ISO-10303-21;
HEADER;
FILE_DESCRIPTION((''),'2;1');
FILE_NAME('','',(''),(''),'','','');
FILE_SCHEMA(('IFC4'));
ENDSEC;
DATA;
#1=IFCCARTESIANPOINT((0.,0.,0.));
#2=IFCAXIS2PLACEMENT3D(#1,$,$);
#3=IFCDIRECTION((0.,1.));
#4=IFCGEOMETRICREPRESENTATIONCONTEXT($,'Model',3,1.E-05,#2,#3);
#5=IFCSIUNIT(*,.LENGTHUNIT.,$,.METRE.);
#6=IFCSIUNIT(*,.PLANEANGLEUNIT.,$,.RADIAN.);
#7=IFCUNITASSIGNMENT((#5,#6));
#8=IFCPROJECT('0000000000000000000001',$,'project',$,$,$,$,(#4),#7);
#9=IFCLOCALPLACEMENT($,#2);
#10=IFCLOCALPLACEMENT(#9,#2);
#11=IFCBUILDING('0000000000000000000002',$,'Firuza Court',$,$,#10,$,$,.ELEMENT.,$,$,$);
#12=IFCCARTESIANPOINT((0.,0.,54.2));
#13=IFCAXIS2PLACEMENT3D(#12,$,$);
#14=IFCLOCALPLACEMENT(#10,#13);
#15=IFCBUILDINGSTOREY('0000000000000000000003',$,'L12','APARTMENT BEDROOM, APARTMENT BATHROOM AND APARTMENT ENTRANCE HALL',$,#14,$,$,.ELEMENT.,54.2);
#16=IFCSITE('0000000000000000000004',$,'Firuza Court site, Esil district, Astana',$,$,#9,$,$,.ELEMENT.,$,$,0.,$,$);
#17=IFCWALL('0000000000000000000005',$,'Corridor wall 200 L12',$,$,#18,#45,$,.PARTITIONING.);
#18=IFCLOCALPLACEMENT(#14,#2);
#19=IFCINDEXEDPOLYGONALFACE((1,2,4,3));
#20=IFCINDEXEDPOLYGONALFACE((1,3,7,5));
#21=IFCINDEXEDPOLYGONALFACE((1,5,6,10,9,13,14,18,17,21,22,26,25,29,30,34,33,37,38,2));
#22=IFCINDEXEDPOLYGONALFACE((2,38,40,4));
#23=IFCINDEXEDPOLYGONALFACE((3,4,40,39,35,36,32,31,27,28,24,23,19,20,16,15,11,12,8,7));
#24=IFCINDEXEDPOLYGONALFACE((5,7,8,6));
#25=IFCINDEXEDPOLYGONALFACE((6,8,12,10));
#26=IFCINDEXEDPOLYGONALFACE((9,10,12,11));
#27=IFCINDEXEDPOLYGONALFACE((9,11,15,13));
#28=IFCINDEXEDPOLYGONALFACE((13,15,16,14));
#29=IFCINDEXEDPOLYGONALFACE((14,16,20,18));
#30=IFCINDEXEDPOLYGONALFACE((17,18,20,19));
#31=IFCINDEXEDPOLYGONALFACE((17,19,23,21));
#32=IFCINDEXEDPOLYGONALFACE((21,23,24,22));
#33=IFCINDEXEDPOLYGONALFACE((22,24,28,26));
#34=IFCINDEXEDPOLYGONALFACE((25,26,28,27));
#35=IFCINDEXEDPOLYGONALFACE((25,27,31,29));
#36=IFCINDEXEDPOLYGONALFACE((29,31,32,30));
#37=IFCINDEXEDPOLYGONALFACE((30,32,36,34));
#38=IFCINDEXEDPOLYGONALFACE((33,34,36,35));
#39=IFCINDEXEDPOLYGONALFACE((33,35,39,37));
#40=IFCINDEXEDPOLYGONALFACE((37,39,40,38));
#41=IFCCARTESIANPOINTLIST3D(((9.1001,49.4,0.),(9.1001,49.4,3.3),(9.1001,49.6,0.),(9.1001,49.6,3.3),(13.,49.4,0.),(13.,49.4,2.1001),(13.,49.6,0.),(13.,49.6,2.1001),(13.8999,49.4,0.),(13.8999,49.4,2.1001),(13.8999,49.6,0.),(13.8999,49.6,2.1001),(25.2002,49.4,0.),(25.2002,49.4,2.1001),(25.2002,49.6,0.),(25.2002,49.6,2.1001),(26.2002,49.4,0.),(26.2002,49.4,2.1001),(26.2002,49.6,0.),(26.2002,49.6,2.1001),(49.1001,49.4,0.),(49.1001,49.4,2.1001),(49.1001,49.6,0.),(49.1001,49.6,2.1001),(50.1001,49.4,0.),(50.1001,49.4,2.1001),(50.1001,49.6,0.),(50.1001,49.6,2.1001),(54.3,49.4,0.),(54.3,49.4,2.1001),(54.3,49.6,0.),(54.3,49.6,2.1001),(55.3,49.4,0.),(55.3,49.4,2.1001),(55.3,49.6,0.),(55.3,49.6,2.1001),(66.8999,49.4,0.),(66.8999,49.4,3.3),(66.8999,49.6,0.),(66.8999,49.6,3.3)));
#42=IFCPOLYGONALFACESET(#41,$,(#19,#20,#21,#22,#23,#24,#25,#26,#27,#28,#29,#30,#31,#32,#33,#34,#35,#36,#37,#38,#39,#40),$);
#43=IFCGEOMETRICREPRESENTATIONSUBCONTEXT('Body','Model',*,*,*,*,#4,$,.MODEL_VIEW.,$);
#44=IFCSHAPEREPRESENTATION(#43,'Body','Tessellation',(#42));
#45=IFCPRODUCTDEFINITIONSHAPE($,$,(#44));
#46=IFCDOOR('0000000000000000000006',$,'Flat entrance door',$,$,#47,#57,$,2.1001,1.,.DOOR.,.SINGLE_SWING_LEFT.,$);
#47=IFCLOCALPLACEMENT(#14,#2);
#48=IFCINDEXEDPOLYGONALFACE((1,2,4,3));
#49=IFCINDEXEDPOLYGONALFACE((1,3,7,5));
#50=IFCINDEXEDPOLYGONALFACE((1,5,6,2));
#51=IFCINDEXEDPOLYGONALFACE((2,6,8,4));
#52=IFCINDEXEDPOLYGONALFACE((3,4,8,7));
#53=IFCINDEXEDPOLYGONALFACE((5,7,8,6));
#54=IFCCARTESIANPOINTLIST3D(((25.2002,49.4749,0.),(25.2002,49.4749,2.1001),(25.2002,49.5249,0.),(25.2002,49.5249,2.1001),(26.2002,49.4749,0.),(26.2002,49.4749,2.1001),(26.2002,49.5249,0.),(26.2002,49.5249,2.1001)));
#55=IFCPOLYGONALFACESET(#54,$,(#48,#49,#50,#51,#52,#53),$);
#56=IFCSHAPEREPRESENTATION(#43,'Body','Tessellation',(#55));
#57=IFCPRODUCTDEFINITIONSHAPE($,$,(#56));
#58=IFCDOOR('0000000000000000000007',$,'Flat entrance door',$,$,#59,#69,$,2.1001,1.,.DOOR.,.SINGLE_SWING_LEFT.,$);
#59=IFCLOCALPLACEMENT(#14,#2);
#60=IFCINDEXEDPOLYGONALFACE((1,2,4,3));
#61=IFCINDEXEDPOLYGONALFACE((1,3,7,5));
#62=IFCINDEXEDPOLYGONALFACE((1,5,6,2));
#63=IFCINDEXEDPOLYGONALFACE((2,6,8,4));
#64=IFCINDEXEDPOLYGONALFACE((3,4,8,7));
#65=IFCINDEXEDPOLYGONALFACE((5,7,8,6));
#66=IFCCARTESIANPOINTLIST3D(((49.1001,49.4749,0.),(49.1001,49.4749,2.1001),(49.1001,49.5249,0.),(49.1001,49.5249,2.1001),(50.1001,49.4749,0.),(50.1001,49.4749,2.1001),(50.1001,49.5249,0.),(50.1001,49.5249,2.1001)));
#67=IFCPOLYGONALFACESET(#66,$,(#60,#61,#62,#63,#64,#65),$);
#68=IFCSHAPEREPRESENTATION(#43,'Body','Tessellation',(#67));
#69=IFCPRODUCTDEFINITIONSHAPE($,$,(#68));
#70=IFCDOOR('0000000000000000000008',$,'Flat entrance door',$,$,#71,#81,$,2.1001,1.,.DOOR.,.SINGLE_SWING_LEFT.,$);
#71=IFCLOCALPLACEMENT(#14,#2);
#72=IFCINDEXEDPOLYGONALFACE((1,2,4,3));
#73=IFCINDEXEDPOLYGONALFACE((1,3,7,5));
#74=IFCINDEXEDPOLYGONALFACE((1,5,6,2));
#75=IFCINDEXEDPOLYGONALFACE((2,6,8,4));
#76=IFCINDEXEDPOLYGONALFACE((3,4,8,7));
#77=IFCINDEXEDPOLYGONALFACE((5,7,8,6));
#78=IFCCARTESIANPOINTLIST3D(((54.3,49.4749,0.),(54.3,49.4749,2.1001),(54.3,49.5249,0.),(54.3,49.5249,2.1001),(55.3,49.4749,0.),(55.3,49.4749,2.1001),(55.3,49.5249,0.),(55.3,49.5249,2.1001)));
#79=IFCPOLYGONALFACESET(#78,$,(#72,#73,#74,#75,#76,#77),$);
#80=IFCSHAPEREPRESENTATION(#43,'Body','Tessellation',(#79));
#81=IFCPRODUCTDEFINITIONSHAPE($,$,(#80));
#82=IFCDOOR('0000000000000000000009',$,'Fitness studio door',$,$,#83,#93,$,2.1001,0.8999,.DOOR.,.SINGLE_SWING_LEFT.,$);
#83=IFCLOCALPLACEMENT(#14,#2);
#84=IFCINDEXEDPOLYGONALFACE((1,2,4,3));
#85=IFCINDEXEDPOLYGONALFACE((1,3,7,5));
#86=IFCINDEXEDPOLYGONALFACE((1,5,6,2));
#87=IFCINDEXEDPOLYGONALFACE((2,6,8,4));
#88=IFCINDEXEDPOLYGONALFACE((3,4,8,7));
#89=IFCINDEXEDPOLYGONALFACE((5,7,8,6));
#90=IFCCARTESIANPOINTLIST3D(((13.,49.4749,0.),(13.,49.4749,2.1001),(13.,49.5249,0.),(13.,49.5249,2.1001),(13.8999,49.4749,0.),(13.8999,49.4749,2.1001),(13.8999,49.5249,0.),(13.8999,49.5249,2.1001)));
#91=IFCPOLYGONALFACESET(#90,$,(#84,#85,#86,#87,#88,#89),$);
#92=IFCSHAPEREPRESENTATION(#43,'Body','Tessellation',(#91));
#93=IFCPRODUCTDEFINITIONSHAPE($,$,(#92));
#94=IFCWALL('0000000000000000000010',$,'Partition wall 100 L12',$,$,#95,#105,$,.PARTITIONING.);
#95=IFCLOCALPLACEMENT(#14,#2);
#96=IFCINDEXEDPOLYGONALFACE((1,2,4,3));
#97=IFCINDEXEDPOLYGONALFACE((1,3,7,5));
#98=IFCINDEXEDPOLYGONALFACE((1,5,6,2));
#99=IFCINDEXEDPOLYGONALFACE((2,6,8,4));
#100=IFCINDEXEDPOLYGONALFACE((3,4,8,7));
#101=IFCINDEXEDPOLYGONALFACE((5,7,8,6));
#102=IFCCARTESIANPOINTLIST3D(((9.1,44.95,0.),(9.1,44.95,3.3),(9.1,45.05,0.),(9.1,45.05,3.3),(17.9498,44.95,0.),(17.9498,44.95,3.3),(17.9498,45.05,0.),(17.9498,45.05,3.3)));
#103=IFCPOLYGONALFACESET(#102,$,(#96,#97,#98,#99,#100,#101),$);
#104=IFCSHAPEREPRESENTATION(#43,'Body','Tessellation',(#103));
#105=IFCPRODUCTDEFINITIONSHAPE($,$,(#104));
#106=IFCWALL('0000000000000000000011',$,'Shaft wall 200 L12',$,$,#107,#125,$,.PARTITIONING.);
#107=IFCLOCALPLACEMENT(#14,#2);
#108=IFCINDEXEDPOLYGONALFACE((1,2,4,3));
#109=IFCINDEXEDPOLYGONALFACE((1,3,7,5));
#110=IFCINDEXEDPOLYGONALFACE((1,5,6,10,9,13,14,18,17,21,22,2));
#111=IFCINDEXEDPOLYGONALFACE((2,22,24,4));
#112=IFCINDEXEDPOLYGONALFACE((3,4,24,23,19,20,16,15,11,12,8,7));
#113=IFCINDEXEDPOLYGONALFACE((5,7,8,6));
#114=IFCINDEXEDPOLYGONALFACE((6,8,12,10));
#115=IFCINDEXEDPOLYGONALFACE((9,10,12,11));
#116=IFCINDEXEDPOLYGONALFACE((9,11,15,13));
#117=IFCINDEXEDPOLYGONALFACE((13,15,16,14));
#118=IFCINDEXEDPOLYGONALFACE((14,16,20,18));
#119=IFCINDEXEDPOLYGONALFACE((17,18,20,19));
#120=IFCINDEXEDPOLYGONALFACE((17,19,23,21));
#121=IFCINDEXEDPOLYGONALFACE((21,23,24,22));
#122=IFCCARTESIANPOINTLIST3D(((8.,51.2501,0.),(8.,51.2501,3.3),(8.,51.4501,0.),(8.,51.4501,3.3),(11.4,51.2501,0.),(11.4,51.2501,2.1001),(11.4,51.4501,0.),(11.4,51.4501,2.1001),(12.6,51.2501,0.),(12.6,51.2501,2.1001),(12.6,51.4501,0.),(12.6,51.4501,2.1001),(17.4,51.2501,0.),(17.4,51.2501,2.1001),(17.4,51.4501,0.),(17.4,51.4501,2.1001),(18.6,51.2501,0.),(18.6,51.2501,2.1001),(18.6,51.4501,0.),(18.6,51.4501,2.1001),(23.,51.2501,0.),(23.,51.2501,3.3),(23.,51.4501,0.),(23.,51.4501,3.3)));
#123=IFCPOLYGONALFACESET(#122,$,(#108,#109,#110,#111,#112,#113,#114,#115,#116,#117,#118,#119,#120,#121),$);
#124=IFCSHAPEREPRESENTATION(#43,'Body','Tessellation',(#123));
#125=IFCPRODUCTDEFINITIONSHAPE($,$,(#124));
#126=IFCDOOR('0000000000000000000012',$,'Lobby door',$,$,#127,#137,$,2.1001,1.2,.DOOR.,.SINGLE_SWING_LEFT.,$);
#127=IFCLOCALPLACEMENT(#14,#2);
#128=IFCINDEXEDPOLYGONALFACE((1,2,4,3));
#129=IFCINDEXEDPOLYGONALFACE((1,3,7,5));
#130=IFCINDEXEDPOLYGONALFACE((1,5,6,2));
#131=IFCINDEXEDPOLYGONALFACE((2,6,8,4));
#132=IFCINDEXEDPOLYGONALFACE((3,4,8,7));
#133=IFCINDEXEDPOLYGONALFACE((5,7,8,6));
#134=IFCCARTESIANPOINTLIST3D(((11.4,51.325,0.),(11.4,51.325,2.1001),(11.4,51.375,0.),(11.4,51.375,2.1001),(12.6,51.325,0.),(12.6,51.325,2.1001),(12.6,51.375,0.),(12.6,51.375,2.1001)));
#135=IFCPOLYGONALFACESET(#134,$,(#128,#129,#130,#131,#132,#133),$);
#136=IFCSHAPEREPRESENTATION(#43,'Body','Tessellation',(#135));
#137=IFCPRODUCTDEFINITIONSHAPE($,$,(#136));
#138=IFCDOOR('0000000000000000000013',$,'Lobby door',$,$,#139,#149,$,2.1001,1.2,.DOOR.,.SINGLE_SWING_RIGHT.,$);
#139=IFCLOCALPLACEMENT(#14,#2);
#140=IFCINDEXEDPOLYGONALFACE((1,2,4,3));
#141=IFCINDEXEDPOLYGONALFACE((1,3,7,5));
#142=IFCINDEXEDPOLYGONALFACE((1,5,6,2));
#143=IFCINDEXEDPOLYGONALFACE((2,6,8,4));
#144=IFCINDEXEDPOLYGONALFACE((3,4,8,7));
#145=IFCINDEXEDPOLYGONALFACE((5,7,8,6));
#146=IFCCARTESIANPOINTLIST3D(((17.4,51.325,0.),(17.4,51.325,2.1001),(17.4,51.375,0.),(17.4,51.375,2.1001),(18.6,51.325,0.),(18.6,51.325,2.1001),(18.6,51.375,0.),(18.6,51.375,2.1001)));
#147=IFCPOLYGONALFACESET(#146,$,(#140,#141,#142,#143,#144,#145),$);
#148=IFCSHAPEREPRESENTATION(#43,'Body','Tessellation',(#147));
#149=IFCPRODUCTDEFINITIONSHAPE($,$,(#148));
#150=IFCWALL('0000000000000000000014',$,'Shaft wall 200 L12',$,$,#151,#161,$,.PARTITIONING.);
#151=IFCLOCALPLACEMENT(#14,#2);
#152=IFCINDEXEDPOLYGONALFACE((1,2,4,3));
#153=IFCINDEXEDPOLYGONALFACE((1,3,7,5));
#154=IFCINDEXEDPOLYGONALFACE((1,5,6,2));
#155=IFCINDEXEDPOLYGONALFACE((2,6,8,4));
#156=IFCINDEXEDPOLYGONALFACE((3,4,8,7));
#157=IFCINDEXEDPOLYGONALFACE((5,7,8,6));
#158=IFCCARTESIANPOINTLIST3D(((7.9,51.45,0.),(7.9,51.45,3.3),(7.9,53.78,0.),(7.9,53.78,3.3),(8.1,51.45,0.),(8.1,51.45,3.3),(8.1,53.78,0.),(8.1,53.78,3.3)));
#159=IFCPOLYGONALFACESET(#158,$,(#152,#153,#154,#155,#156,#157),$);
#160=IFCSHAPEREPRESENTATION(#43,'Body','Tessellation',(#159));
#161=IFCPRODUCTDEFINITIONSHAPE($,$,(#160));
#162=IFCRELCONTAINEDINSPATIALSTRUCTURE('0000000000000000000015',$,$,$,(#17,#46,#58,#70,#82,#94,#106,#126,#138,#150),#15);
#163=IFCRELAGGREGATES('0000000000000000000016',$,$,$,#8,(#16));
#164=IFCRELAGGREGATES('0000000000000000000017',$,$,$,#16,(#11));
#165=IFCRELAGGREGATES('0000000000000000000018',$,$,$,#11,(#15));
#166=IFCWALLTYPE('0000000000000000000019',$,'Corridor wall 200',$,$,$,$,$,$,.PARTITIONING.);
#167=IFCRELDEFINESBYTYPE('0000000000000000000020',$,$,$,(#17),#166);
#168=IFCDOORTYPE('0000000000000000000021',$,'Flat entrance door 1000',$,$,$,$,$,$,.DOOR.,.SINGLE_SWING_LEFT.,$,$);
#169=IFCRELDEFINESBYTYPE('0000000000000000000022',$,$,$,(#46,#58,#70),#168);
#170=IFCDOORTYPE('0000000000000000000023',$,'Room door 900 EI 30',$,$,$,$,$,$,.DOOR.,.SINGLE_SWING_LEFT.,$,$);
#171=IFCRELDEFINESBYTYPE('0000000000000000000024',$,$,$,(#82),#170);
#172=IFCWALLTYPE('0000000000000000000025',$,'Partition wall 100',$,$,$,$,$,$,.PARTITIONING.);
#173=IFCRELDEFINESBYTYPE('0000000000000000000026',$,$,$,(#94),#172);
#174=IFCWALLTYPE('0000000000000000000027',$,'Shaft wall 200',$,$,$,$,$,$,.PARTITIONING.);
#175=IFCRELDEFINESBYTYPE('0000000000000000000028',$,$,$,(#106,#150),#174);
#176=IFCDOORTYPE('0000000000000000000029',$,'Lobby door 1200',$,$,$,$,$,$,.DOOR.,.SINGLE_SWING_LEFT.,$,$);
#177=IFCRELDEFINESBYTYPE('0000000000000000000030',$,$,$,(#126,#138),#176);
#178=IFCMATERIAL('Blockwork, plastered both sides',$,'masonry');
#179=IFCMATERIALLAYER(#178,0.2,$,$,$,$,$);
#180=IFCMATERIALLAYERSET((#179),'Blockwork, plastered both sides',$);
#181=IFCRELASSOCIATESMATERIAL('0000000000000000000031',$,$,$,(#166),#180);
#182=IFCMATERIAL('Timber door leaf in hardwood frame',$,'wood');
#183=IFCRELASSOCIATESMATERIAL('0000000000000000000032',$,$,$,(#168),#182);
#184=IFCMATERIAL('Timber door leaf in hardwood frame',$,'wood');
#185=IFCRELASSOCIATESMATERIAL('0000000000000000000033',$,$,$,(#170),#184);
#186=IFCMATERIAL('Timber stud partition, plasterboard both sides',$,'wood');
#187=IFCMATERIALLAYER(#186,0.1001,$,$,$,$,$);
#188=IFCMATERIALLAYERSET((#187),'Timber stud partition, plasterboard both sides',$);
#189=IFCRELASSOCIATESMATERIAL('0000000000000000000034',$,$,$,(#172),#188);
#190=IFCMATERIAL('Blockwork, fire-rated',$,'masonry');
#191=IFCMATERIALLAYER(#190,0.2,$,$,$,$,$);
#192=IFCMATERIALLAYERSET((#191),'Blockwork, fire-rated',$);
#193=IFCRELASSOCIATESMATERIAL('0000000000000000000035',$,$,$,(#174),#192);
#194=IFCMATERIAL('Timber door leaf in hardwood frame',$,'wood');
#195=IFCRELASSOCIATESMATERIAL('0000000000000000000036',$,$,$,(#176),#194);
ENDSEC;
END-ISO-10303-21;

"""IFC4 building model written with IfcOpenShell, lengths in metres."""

from ifc_helpers import new_model, si_unit, direction, frame, frame_2d, origin, place, context, subcontext, project, spatial, rectangle, extrude, material, layer, layer_set, type_object, element, fill, save


model = new_model("IFC4")

# Units and contexts
model_context = context("Model", 3, precision=1e-05, world=origin(), true_north=direction((0.0, 1.0)))
body_context = subcontext(model_context, "Body", "Model", "MODEL_VIEW")
ifc_project = project(units=[si_unit("LENGTHUNIT", "METRE"), si_unit("PLANEANGLEUNIT", "RADIAN")], contexts=[model_context])

# Site, building, storey
site_placement = place(None, origin())
site = spatial("IfcSite", under=ifc_project, at=site_placement, Name="Firuza Court site, Esil district, Astana", CompositionType="ELEMENT", RefElevation=0.0)
building_placement = place(site_placement, origin())
building = spatial("IfcBuilding", under=site, at=building_placement, Name="Firuza Court", CompositionType="ELEMENT")
storey_placement = place(building_placement, frame((0.0, 0.0, 54.2)))
storey = spatial("IfcBuildingStorey", under=building, at=storey_placement, Name="L12", Description="APARTMENT BEDROOM, APARTMENT BATHROOM AND APARTMENT ENTRANCE HALL", CompositionType="ELEMENT", Elevation=54.2)

# Wall, openings, doors
ifc_material_1 = material(Name="Blockwork, plastered both sides", Category="masonry")
ifc_layer_1 = layer(ifc_material_1, 0.2)
ifc_layer_set_1 = layer_set([ifc_layer_1], Name="Blockwork, plastered both sides")
wall_type_1 = type_object("IfcWallType", Name="Corridor wall 200", PredefinedType="PARTITIONING", material=ifc_layer_set_1)
wall_1_placement = place(storey_placement, frame((9.1001, 49.5, 0.0), z_axis=(0.0, 0.0, 1.0), x_axis=(1.0, 0.0, 0.0)))
wall_1 = element("IfcWall", 1, at=wall_1_placement, inside=storey, type_object=wall_type_1, Name="Corridor wall 200 L12", PredefinedType="PARTITIONING", context=body_context, shape_type="SweptSolid", body=[
    extrude(rectangle(XDim=57.7998, YDim=0.2, at=frame_2d((28.8999, 0.0))), origin(), (0.0, 0.0, 1.0), 3.3),
])
opening_1_placement = place(wall_1_placement, frame((16.1001, 0.0, 0.0)))
opening_1 = element("IfcOpeningElement", 2, at=opening_1_placement, cuts=wall_1, PredefinedType="OPENING", context=body_context, shape_type="SweptSolid", body=[
    extrude(rectangle(XDim=1.0, YDim=2.1001, at=frame_2d((0.5, 1.05))), frame((0.0, 0.1118, 0.0), z_axis=(0.0, -1.0, 0.0), x_axis=(1.0, 0.0, 0.0)), (0.0, 0.0, 1.0), 0.2239),
])
opening_2_placement = place(wall_1_placement, frame((40.0, 0.0, 0.0)))
opening_2 = element("IfcOpeningElement", 3, at=opening_2_placement, cuts=wall_1, PredefinedType="OPENING", context=body_context, shape_type="SweptSolid", body=[
    extrude(rectangle(XDim=1.0, YDim=2.1001, at=frame_2d((0.5, 1.05))), frame((0.0, 0.1118, 0.0), z_axis=(0.0, -1.0, 0.0), x_axis=(1.0, 0.0, 0.0)), (0.0, 0.0, 1.0), 0.2239),
])
opening_3_placement = place(wall_1_placement, frame((45.2, 0.0, 0.0)))
opening_3 = element("IfcOpeningElement", 4, at=opening_3_placement, cuts=wall_1, PredefinedType="OPENING", context=body_context, shape_type="SweptSolid", body=[
    extrude(rectangle(XDim=1.0, YDim=2.1001, at=frame_2d((0.5, 1.05))), frame((0.0, 0.1118, 0.0), z_axis=(0.0, -1.0, 0.0), x_axis=(1.0, 0.0, 0.0)), (0.0, 0.0, 1.0), 0.2239),
])
opening_4_placement = place(wall_1_placement, frame((3.8999, 0.0, 0.0)))
opening_4 = element("IfcOpeningElement", 5, at=opening_4_placement, cuts=wall_1, PredefinedType="OPENING", context=body_context, shape_type="SweptSolid", body=[
    extrude(rectangle(XDim=0.8999, YDim=2.1001, at=frame_2d((0.45, 1.05))), frame((0.0, 0.1118, 0.0), z_axis=(0.0, -1.0, 0.0), x_axis=(1.0, 0.0, 0.0)), (0.0, 0.0, 1.0), 0.2239),
])
ifc_material_2 = material(Name="Timber door leaf in hardwood frame", Category="wood")
door_type_1 = type_object("IfcDoorType", Name="Flat entrance door 1000", OperationType="SINGLE_SWING_LEFT", PredefinedType="DOOR", material=ifc_material_2)
door_1_placement = place(opening_1_placement, origin())
door_1 = element("IfcDoor", 6, at=door_1_placement, inside=storey, type_object=door_type_1, Name="Flat entrance door", OperationType="SINGLE_SWING_LEFT", OverallHeight=2.1001, OverallWidth=1.0, PredefinedType="DOOR", context=body_context, shape_type="SweptSolid", body=[
    extrude(rectangle(XDim=1.0, YDim=2.1001, at=frame_2d((0.5, 1.05))), frame((0.0, 0.0249, 0.0), z_axis=(0.0, -1.0, 0.0), x_axis=(1.0, 0.0, 0.0)), (0.0, 0.0, 1.0), 0.05),
])
fill(opening_1, door_1)
door_2_placement = place(opening_2_placement, origin())
door_2 = element("IfcDoor", 7, at=door_2_placement, inside=storey, type_object=door_type_1, Name="Flat entrance door", OperationType="SINGLE_SWING_LEFT", OverallHeight=2.1001, OverallWidth=1.0, PredefinedType="DOOR", context=body_context, shape_type="SweptSolid", body=[
    extrude(rectangle(XDim=1.0, YDim=2.1001, at=frame_2d((0.5, 1.05))), frame((0.0, 0.0249, 0.0), z_axis=(0.0, -1.0, 0.0), x_axis=(1.0, 0.0, 0.0)), (0.0, 0.0, 1.0), 0.05),
])
fill(opening_2, door_2)
door_3_placement = place(opening_3_placement, origin())
door_3 = element("IfcDoor", 8, at=door_3_placement, inside=storey, type_object=door_type_1, Name="Flat entrance door", OperationType="SINGLE_SWING_LEFT", OverallHeight=2.1001, OverallWidth=1.0, PredefinedType="DOOR", context=body_context, shape_type="SweptSolid", body=[
    extrude(rectangle(XDim=1.0, YDim=2.1001, at=frame_2d((0.5, 1.05))), frame((0.0, 0.0249, 0.0), z_axis=(0.0, -1.0, 0.0), x_axis=(1.0, 0.0, 0.0)), (0.0, 0.0, 1.0), 0.05),
])
fill(opening_3, door_3)
ifc_material_3 = material(Name="Timber door leaf in hardwood frame", Category="wood")
door_type_2 = type_object("IfcDoorType", Name="Room door 900 EI 30", OperationType="SINGLE_SWING_LEFT", PredefinedType="DOOR", material=ifc_material_3)
door_4_placement = place(opening_4_placement, origin())
door_4 = element("IfcDoor", 9, at=door_4_placement, inside=storey, type_object=door_type_2, Name="Fitness studio door", OperationType="SINGLE_SWING_LEFT", OverallHeight=2.1001, OverallWidth=0.8999, PredefinedType="DOOR", context=body_context, shape_type="SweptSolid", body=[
    extrude(rectangle(XDim=0.8999, YDim=2.1001, at=frame_2d((0.45, 1.05))), frame((0.0, 0.0249, 0.0), z_axis=(0.0, -1.0, 0.0), x_axis=(1.0, 0.0, 0.0)), (0.0, 0.0, 1.0), 0.05),
])
fill(opening_4, door_4)

# Wall
ifc_material_4 = material(Name="Timber stud partition, plasterboard both sides", Category="wood")
ifc_layer_2 = layer(ifc_material_4, 0.1001)
ifc_layer_set_2 = layer_set([ifc_layer_2], Name="Timber stud partition, plasterboard both sides")
wall_type_2 = type_object("IfcWallType", Name="Partition wall 100", PredefinedType="PARTITIONING", material=ifc_layer_set_2)
wall_2_placement = place(storey_placement, frame((9.1001, 45.0, 0.0), z_axis=(0.0, 0.0, 1.0), x_axis=(1.0, 0.0, 0.0)))
element("IfcWall", 10, at=wall_2_placement, inside=storey, type_object=wall_type_2, Name="Partition wall 100 L12", PredefinedType="PARTITIONING", context=body_context, shape_type="SweptSolid", body=[
    extrude(rectangle(XDim=8.8499, YDim=0.1001, at=frame_2d((4.4248, 0.0))), origin(), (0.0, 0.0, 1.0), 3.3),
])

# Wall, openings, doors
ifc_material_5 = material(Name="Blockwork, fire-rated", Category="masonry")
ifc_layer_3 = layer(ifc_material_5, 0.2)
ifc_layer_set_3 = layer_set([ifc_layer_3], Name="Blockwork, fire-rated")
wall_type_3 = type_object("IfcWallType", Name="Shaft wall 200", PredefinedType="PARTITIONING", material=ifc_layer_set_3)
wall_3_placement = place(storey_placement, frame((8.0, 51.3501, 0.0), z_axis=(0.0, 0.0, 1.0), x_axis=(1.0, 0.0, 0.0)))
wall_3 = element("IfcWall", 11, at=wall_3_placement, inside=storey, type_object=wall_type_3, Name="Shaft wall 200 L12", PredefinedType="PARTITIONING", context=body_context, shape_type="SweptSolid", body=[
    extrude(rectangle(XDim=15.0, YDim=0.2, at=frame_2d((7.5, 0.0))), origin(), (0.0, 0.0, 1.0), 3.3),
])
opening_5_placement = place(wall_3_placement, frame((3.3999, 0.0, 0.0)))
opening_5 = element("IfcOpeningElement", 12, at=opening_5_placement, cuts=wall_3, PredefinedType="OPENING", context=body_context, shape_type="SweptSolid", body=[
    extrude(rectangle(XDim=1.2, YDim=2.1001, at=frame_2d((0.6001, 1.05))), frame((0.0, 0.1118, 0.0), z_axis=(0.0, -1.0, 0.0), x_axis=(1.0, 0.0, 0.0)), (0.0, 0.0, 1.0), 0.2239),
])
opening_6_placement = place(wall_3_placement, frame((9.3999, 0.0, 0.0)))
opening_6 = element("IfcOpeningElement", 13, at=opening_6_placement, cuts=wall_3, PredefinedType="OPENING", context=body_context, shape_type="SweptSolid", body=[
    extrude(rectangle(XDim=1.2, YDim=2.1001, at=frame_2d((0.6001, 1.05))), frame((0.0, 0.1118, 0.0), z_axis=(0.0, -1.0, 0.0), x_axis=(1.0, 0.0, 0.0)), (0.0, 0.0, 1.0), 0.2239),
])
ifc_material_6 = material(Name="Timber door leaf in hardwood frame", Category="wood")
door_type_3 = type_object("IfcDoorType", Name="Lobby door 1200", OperationType="SINGLE_SWING_LEFT", PredefinedType="DOOR", material=ifc_material_6)
door_5_placement = place(opening_5_placement, origin())
door_5 = element("IfcDoor", 14, at=door_5_placement, inside=storey, type_object=door_type_3, Name="Lobby door", OperationType="SINGLE_SWING_LEFT", OverallHeight=2.1001, OverallWidth=1.2, PredefinedType="DOOR", context=body_context, shape_type="SweptSolid", body=[
    extrude(rectangle(XDim=1.2, YDim=2.1001, at=frame_2d((0.6001, 1.05))), frame((0.0, 0.0249, 0.0), z_axis=(0.0, -1.0, 0.0), x_axis=(1.0, 0.0, 0.0)), (0.0, 0.0, 1.0), 0.05),
])
fill(opening_5, door_5)
door_6_placement = place(opening_6_placement, origin())
door_6 = element("IfcDoor", 15, at=door_6_placement, inside=storey, type_object=door_type_3, Name="Lobby door", OperationType="SINGLE_SWING_RIGHT", OverallHeight=2.1001, OverallWidth=1.2, PredefinedType="DOOR", context=body_context, shape_type="SweptSolid", body=[
    extrude(rectangle(XDim=1.2, YDim=2.1001, at=frame_2d((0.6001, 1.05))), frame((0.0, 0.0249, 0.0), z_axis=(0.0, -1.0, 0.0), x_axis=(1.0, 0.0, 0.0)), (0.0, 0.0, 1.0), 0.05),
])
fill(opening_6, door_6)

# Wall
wall_4_placement = place(storey_placement, frame((8.0, 51.45, 0.0), z_axis=(0.0, 0.0, 1.0), x_axis=(0.0, 1.0, 0.0)))
element("IfcWall", 16, at=wall_4_placement, inside=storey, type_object=wall_type_3, Name="Shaft wall 200 L12", PredefinedType="PARTITIONING", context=body_context, shape_type="SweptSolid", body=[
    extrude(rectangle(XDim=2.3301, YDim=0.2, at=frame_2d((1.165, 0.0))), origin(), (0.0, 0.0, 1.0), 3.3),
])

save(model, "model.ifc")
